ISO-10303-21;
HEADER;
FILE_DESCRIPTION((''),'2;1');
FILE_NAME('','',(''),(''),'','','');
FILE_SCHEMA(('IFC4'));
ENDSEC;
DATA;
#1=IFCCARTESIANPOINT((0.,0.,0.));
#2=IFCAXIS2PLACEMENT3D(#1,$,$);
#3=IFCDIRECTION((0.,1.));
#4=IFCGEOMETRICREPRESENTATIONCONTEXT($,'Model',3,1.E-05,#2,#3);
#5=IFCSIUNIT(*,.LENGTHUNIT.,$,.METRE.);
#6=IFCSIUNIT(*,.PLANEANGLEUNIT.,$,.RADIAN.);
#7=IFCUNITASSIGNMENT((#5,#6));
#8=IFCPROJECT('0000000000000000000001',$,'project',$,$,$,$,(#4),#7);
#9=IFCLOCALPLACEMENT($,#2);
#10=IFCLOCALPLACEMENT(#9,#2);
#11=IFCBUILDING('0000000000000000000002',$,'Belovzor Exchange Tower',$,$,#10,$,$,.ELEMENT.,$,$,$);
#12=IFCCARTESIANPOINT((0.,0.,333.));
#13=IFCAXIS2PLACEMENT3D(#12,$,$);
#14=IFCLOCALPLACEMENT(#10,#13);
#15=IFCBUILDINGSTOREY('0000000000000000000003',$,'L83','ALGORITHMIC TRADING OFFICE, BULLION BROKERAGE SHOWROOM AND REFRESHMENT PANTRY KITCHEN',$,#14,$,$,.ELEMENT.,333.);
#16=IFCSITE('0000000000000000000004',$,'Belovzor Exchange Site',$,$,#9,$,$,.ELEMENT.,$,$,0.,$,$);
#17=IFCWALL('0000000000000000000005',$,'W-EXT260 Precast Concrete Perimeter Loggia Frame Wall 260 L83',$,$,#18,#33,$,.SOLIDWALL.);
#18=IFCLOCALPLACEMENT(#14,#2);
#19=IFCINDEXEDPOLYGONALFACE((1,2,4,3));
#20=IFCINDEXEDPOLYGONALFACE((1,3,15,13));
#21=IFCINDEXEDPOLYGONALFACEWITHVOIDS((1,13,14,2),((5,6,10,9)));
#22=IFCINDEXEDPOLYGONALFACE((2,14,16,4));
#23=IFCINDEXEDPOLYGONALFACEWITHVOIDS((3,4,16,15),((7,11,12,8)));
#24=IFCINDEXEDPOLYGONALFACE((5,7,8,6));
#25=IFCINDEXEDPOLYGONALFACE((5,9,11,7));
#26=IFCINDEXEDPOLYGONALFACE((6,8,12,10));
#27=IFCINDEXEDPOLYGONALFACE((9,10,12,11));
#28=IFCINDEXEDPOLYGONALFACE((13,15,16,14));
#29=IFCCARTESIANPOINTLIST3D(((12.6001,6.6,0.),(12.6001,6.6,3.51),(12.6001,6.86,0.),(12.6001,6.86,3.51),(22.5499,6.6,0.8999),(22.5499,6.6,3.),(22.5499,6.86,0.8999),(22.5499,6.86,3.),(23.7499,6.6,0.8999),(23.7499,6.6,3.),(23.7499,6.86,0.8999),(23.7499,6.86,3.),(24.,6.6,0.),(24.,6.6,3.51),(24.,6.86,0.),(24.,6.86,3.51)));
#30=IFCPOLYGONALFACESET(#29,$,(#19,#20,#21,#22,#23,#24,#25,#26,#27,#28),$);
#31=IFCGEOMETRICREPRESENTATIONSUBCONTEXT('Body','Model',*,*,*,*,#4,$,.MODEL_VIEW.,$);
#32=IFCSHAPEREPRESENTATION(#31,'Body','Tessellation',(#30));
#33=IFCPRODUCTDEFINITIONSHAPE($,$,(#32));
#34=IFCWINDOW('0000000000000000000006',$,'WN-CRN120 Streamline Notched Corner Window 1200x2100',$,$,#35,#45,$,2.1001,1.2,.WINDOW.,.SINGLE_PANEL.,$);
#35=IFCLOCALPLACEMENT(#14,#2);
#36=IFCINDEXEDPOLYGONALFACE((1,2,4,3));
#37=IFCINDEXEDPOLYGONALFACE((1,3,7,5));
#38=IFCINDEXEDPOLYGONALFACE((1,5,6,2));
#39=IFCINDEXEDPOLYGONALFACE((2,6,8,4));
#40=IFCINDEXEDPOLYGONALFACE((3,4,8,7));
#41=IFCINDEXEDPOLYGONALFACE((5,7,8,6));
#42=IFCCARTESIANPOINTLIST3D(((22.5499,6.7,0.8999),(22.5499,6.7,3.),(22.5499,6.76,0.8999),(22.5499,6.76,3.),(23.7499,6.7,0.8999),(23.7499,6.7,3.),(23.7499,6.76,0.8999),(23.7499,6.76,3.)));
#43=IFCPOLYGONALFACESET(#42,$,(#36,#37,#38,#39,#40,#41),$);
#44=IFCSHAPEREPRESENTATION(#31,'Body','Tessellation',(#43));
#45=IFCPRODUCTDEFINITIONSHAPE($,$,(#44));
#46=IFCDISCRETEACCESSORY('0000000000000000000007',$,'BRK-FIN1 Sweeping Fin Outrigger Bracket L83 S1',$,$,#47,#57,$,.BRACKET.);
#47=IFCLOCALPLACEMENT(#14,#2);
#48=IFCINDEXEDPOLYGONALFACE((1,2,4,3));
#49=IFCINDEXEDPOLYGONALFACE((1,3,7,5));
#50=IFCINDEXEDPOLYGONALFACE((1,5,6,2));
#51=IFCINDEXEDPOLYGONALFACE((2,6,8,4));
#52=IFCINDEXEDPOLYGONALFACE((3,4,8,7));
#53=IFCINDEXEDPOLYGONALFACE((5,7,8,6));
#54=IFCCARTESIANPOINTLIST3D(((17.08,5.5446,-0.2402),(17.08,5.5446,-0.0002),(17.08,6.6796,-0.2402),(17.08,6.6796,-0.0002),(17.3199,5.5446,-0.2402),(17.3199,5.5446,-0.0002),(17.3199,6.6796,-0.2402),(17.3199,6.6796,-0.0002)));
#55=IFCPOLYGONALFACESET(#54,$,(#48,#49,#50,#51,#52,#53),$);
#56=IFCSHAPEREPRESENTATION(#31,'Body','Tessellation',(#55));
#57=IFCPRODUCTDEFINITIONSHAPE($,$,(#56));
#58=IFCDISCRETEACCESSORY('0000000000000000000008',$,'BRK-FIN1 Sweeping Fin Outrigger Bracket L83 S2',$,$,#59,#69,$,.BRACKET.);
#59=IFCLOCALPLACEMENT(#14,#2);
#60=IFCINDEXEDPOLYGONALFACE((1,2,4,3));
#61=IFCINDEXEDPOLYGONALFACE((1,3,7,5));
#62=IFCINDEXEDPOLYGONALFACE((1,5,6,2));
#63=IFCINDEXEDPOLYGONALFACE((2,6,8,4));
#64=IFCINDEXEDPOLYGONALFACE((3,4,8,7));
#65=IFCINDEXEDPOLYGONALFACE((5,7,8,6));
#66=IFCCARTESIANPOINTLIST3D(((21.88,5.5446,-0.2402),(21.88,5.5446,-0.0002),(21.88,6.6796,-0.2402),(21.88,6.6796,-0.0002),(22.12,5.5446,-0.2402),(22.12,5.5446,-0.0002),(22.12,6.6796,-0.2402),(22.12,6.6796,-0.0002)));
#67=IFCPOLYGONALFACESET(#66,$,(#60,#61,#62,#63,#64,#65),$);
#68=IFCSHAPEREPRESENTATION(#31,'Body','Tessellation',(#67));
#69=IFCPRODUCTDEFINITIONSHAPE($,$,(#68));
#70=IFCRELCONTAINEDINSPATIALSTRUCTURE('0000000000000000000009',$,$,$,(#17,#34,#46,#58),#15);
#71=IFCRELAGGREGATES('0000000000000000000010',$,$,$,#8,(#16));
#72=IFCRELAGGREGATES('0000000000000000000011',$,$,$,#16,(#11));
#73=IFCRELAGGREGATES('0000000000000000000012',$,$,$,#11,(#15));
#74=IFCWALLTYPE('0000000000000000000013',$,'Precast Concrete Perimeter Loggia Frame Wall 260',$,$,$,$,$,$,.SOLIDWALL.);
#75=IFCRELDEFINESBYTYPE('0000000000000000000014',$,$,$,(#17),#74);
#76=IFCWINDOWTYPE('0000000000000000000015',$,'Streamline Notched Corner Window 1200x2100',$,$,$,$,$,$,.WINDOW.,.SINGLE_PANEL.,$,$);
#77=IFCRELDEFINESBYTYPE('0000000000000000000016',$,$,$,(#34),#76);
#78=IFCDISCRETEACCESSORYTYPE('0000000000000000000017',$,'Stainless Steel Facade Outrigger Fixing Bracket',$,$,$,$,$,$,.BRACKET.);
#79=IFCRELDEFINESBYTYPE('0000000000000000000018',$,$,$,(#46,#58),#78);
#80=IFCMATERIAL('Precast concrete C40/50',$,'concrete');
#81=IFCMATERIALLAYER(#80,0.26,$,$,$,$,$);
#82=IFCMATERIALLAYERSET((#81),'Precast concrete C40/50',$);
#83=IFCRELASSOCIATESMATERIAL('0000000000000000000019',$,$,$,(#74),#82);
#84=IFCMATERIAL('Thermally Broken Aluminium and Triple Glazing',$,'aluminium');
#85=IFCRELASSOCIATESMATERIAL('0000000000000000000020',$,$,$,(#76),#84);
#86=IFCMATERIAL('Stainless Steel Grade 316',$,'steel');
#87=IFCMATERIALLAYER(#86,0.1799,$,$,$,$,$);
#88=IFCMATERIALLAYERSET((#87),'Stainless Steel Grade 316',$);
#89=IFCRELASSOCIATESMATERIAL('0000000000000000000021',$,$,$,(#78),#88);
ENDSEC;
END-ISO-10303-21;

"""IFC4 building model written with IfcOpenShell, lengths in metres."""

from ifc_helpers import new_model, si_unit, direction, frame, frame_2d, origin, origin_2d, place, context, subcontext, project, spatial, rectangle, extrude, material, layer, layer_set, type_object, element, fill, save


model = new_model("IFC4")

# Units and contexts
model_context = context("Model", 3, precision=1e-05, world=origin(), true_north=direction((0.0, 1.0)))
body_context = subcontext(model_context, "Body", "Model", "MODEL_VIEW")
ifc_project = project(units=[si_unit("LENGTHUNIT", "METRE"), si_unit("PLANEANGLEUNIT", "RADIAN")], contexts=[model_context])

# Site, building, storey
site_placement = place(None, origin())
site = spatial("IfcSite", under=ifc_project, at=site_placement, Name="Belovzor Exchange Site", CompositionType="ELEMENT", RefElevation=0.0)
building_placement = place(site_placement, origin())
building = spatial("IfcBuilding", under=site, at=building_placement, Name="Belovzor Exchange Tower", CompositionType="ELEMENT")
storey_placement = place(building_placement, frame((0.0, 0.0, 333.0)))
storey = spatial("IfcBuildingStorey", under=building, at=storey_placement, Name="L83", Description="ALGORITHMIC TRADING OFFICE, BULLION BROKERAGE SHOWROOM AND REFRESHMENT PANTRY KITCHEN", CompositionType="ELEMENT", Elevation=333.0)

# Wall, opening, window
ifc_material_1 = material(Name="Precast concrete C40/50", Category="concrete")
ifc_layer_1 = layer(ifc_material_1, 0.26)
ifc_layer_set_1 = layer_set([ifc_layer_1], Name="Precast concrete C40/50")
wall_type_1 = type_object("IfcWallType", Name="Precast Concrete Perimeter Loggia Frame Wall 260", PredefinedType="SOLIDWALL", material=ifc_layer_set_1)
wall_1_placement = place(storey_placement, frame((24.0, 6.73, 0.0), z_axis=(0.0, 0.0, 1.0), x_axis=(-1.0, 0.0, 0.0)))
wall_1 = element("IfcWall", 1, at=wall_1_placement, inside=storey, type_object=wall_type_1, Name="W-EXT260 Precast Concrete Perimeter Loggia Frame Wall 260 L83", PredefinedType="SOLIDWALL", context=body_context, shape_type="SweptSolid", body=[
    extrude(rectangle(XDim=11.3999, YDim=0.26, at=frame_2d((5.7, 0.0))), origin(), (0.0, 0.0, 1.0), 3.51),
])
opening_1_placement = place(wall_1_placement, frame((0.25, 0.0, 0.8999)))
opening_1 = element("IfcOpeningElement", 2, at=opening_1_placement, cuts=wall_1, PredefinedType="OPENING", context=body_context, shape_type="SweptSolid", body=[
    extrude(rectangle(XDim=1.2, YDim=2.1001, at=frame_2d((0.6001, 1.05))), frame((0.0, 0.1399, 0.0), z_axis=(0.0, -1.0, 0.0), x_axis=(1.0, 0.0, 0.0)), (0.0, 0.0, 1.0), 0.28),
])
ifc_material_2 = material(Name="Thermally Broken Aluminium and Triple Glazing", Category="aluminium")
window_type = type_object("IfcWindowType", Name="Streamline Notched Corner Window 1200x2100", PartitioningType="SINGLE_PANEL", PredefinedType="WINDOW", material=ifc_material_2)
window_placement = place(opening_1_placement, origin())
window = element("IfcWindow", 3, at=window_placement, inside=storey, type_object=window_type, Name="WN-CRN120 Streamline Notched Corner Window 1200x2100", OverallHeight=2.1001, OverallWidth=1.2, PartitioningType="SINGLE_PANEL", PredefinedType="WINDOW", context=body_context, shape_type="SweptSolid", body=[
    extrude(rectangle(XDim=1.2, YDim=2.1001, at=frame_2d((0.6001, 1.05))), frame((0.0, 0.03, 0.0), z_axis=(0.0, -1.0, 0.0), x_axis=(1.0, 0.0, 0.0)), (0.0, 0.0, 1.0), 0.0601),
])
fill(opening_1, window)

# Discrete accessories
ifc_material_3 = material(Name="Stainless Steel Grade 316", Category="steel")
ifc_layer_2 = layer(ifc_material_3, 0.1799)
ifc_layer_set_2 = layer_set([ifc_layer_2], Name="Stainless Steel Grade 316")
discrete_accessory_type = type_object("IfcDiscreteAccessoryType", Name="Stainless Steel Facade Outrigger Fixing Bracket", PredefinedType="BRACKET", material=ifc_layer_set_2)
for number, where, z_axis, x_axis, name in (
    (4, (17.2, 6.1121, -0.2402), (0.0, 0.0, 1.0), (0.0, 1.0, 0.0), "BRK-FIN1 Sweeping Fin Outrigger Bracket L83 S1"),
    (5, (22.0, 6.1121, -0.2402), (0.0, 0.0, 1.0), (0.0, 1.0, 0.0), "BRK-FIN1 Sweeping Fin Outrigger Bracket L83 S2"),
):
    element("IfcDiscreteAccessory", number, at=place(storey_placement, frame(where, z_axis=z_axis, x_axis=x_axis)), inside=storey, type_object=discrete_accessory_type, Name=name, PredefinedType="BRACKET", context=body_context, shape_type="SweptSolid", body=[
        extrude(rectangle(XDim=1.135, YDim=0.24, at=origin_2d()), origin(), (0.0, 0.0, 1.0), 0.24),
    ])

save(model, "model.ifc")
